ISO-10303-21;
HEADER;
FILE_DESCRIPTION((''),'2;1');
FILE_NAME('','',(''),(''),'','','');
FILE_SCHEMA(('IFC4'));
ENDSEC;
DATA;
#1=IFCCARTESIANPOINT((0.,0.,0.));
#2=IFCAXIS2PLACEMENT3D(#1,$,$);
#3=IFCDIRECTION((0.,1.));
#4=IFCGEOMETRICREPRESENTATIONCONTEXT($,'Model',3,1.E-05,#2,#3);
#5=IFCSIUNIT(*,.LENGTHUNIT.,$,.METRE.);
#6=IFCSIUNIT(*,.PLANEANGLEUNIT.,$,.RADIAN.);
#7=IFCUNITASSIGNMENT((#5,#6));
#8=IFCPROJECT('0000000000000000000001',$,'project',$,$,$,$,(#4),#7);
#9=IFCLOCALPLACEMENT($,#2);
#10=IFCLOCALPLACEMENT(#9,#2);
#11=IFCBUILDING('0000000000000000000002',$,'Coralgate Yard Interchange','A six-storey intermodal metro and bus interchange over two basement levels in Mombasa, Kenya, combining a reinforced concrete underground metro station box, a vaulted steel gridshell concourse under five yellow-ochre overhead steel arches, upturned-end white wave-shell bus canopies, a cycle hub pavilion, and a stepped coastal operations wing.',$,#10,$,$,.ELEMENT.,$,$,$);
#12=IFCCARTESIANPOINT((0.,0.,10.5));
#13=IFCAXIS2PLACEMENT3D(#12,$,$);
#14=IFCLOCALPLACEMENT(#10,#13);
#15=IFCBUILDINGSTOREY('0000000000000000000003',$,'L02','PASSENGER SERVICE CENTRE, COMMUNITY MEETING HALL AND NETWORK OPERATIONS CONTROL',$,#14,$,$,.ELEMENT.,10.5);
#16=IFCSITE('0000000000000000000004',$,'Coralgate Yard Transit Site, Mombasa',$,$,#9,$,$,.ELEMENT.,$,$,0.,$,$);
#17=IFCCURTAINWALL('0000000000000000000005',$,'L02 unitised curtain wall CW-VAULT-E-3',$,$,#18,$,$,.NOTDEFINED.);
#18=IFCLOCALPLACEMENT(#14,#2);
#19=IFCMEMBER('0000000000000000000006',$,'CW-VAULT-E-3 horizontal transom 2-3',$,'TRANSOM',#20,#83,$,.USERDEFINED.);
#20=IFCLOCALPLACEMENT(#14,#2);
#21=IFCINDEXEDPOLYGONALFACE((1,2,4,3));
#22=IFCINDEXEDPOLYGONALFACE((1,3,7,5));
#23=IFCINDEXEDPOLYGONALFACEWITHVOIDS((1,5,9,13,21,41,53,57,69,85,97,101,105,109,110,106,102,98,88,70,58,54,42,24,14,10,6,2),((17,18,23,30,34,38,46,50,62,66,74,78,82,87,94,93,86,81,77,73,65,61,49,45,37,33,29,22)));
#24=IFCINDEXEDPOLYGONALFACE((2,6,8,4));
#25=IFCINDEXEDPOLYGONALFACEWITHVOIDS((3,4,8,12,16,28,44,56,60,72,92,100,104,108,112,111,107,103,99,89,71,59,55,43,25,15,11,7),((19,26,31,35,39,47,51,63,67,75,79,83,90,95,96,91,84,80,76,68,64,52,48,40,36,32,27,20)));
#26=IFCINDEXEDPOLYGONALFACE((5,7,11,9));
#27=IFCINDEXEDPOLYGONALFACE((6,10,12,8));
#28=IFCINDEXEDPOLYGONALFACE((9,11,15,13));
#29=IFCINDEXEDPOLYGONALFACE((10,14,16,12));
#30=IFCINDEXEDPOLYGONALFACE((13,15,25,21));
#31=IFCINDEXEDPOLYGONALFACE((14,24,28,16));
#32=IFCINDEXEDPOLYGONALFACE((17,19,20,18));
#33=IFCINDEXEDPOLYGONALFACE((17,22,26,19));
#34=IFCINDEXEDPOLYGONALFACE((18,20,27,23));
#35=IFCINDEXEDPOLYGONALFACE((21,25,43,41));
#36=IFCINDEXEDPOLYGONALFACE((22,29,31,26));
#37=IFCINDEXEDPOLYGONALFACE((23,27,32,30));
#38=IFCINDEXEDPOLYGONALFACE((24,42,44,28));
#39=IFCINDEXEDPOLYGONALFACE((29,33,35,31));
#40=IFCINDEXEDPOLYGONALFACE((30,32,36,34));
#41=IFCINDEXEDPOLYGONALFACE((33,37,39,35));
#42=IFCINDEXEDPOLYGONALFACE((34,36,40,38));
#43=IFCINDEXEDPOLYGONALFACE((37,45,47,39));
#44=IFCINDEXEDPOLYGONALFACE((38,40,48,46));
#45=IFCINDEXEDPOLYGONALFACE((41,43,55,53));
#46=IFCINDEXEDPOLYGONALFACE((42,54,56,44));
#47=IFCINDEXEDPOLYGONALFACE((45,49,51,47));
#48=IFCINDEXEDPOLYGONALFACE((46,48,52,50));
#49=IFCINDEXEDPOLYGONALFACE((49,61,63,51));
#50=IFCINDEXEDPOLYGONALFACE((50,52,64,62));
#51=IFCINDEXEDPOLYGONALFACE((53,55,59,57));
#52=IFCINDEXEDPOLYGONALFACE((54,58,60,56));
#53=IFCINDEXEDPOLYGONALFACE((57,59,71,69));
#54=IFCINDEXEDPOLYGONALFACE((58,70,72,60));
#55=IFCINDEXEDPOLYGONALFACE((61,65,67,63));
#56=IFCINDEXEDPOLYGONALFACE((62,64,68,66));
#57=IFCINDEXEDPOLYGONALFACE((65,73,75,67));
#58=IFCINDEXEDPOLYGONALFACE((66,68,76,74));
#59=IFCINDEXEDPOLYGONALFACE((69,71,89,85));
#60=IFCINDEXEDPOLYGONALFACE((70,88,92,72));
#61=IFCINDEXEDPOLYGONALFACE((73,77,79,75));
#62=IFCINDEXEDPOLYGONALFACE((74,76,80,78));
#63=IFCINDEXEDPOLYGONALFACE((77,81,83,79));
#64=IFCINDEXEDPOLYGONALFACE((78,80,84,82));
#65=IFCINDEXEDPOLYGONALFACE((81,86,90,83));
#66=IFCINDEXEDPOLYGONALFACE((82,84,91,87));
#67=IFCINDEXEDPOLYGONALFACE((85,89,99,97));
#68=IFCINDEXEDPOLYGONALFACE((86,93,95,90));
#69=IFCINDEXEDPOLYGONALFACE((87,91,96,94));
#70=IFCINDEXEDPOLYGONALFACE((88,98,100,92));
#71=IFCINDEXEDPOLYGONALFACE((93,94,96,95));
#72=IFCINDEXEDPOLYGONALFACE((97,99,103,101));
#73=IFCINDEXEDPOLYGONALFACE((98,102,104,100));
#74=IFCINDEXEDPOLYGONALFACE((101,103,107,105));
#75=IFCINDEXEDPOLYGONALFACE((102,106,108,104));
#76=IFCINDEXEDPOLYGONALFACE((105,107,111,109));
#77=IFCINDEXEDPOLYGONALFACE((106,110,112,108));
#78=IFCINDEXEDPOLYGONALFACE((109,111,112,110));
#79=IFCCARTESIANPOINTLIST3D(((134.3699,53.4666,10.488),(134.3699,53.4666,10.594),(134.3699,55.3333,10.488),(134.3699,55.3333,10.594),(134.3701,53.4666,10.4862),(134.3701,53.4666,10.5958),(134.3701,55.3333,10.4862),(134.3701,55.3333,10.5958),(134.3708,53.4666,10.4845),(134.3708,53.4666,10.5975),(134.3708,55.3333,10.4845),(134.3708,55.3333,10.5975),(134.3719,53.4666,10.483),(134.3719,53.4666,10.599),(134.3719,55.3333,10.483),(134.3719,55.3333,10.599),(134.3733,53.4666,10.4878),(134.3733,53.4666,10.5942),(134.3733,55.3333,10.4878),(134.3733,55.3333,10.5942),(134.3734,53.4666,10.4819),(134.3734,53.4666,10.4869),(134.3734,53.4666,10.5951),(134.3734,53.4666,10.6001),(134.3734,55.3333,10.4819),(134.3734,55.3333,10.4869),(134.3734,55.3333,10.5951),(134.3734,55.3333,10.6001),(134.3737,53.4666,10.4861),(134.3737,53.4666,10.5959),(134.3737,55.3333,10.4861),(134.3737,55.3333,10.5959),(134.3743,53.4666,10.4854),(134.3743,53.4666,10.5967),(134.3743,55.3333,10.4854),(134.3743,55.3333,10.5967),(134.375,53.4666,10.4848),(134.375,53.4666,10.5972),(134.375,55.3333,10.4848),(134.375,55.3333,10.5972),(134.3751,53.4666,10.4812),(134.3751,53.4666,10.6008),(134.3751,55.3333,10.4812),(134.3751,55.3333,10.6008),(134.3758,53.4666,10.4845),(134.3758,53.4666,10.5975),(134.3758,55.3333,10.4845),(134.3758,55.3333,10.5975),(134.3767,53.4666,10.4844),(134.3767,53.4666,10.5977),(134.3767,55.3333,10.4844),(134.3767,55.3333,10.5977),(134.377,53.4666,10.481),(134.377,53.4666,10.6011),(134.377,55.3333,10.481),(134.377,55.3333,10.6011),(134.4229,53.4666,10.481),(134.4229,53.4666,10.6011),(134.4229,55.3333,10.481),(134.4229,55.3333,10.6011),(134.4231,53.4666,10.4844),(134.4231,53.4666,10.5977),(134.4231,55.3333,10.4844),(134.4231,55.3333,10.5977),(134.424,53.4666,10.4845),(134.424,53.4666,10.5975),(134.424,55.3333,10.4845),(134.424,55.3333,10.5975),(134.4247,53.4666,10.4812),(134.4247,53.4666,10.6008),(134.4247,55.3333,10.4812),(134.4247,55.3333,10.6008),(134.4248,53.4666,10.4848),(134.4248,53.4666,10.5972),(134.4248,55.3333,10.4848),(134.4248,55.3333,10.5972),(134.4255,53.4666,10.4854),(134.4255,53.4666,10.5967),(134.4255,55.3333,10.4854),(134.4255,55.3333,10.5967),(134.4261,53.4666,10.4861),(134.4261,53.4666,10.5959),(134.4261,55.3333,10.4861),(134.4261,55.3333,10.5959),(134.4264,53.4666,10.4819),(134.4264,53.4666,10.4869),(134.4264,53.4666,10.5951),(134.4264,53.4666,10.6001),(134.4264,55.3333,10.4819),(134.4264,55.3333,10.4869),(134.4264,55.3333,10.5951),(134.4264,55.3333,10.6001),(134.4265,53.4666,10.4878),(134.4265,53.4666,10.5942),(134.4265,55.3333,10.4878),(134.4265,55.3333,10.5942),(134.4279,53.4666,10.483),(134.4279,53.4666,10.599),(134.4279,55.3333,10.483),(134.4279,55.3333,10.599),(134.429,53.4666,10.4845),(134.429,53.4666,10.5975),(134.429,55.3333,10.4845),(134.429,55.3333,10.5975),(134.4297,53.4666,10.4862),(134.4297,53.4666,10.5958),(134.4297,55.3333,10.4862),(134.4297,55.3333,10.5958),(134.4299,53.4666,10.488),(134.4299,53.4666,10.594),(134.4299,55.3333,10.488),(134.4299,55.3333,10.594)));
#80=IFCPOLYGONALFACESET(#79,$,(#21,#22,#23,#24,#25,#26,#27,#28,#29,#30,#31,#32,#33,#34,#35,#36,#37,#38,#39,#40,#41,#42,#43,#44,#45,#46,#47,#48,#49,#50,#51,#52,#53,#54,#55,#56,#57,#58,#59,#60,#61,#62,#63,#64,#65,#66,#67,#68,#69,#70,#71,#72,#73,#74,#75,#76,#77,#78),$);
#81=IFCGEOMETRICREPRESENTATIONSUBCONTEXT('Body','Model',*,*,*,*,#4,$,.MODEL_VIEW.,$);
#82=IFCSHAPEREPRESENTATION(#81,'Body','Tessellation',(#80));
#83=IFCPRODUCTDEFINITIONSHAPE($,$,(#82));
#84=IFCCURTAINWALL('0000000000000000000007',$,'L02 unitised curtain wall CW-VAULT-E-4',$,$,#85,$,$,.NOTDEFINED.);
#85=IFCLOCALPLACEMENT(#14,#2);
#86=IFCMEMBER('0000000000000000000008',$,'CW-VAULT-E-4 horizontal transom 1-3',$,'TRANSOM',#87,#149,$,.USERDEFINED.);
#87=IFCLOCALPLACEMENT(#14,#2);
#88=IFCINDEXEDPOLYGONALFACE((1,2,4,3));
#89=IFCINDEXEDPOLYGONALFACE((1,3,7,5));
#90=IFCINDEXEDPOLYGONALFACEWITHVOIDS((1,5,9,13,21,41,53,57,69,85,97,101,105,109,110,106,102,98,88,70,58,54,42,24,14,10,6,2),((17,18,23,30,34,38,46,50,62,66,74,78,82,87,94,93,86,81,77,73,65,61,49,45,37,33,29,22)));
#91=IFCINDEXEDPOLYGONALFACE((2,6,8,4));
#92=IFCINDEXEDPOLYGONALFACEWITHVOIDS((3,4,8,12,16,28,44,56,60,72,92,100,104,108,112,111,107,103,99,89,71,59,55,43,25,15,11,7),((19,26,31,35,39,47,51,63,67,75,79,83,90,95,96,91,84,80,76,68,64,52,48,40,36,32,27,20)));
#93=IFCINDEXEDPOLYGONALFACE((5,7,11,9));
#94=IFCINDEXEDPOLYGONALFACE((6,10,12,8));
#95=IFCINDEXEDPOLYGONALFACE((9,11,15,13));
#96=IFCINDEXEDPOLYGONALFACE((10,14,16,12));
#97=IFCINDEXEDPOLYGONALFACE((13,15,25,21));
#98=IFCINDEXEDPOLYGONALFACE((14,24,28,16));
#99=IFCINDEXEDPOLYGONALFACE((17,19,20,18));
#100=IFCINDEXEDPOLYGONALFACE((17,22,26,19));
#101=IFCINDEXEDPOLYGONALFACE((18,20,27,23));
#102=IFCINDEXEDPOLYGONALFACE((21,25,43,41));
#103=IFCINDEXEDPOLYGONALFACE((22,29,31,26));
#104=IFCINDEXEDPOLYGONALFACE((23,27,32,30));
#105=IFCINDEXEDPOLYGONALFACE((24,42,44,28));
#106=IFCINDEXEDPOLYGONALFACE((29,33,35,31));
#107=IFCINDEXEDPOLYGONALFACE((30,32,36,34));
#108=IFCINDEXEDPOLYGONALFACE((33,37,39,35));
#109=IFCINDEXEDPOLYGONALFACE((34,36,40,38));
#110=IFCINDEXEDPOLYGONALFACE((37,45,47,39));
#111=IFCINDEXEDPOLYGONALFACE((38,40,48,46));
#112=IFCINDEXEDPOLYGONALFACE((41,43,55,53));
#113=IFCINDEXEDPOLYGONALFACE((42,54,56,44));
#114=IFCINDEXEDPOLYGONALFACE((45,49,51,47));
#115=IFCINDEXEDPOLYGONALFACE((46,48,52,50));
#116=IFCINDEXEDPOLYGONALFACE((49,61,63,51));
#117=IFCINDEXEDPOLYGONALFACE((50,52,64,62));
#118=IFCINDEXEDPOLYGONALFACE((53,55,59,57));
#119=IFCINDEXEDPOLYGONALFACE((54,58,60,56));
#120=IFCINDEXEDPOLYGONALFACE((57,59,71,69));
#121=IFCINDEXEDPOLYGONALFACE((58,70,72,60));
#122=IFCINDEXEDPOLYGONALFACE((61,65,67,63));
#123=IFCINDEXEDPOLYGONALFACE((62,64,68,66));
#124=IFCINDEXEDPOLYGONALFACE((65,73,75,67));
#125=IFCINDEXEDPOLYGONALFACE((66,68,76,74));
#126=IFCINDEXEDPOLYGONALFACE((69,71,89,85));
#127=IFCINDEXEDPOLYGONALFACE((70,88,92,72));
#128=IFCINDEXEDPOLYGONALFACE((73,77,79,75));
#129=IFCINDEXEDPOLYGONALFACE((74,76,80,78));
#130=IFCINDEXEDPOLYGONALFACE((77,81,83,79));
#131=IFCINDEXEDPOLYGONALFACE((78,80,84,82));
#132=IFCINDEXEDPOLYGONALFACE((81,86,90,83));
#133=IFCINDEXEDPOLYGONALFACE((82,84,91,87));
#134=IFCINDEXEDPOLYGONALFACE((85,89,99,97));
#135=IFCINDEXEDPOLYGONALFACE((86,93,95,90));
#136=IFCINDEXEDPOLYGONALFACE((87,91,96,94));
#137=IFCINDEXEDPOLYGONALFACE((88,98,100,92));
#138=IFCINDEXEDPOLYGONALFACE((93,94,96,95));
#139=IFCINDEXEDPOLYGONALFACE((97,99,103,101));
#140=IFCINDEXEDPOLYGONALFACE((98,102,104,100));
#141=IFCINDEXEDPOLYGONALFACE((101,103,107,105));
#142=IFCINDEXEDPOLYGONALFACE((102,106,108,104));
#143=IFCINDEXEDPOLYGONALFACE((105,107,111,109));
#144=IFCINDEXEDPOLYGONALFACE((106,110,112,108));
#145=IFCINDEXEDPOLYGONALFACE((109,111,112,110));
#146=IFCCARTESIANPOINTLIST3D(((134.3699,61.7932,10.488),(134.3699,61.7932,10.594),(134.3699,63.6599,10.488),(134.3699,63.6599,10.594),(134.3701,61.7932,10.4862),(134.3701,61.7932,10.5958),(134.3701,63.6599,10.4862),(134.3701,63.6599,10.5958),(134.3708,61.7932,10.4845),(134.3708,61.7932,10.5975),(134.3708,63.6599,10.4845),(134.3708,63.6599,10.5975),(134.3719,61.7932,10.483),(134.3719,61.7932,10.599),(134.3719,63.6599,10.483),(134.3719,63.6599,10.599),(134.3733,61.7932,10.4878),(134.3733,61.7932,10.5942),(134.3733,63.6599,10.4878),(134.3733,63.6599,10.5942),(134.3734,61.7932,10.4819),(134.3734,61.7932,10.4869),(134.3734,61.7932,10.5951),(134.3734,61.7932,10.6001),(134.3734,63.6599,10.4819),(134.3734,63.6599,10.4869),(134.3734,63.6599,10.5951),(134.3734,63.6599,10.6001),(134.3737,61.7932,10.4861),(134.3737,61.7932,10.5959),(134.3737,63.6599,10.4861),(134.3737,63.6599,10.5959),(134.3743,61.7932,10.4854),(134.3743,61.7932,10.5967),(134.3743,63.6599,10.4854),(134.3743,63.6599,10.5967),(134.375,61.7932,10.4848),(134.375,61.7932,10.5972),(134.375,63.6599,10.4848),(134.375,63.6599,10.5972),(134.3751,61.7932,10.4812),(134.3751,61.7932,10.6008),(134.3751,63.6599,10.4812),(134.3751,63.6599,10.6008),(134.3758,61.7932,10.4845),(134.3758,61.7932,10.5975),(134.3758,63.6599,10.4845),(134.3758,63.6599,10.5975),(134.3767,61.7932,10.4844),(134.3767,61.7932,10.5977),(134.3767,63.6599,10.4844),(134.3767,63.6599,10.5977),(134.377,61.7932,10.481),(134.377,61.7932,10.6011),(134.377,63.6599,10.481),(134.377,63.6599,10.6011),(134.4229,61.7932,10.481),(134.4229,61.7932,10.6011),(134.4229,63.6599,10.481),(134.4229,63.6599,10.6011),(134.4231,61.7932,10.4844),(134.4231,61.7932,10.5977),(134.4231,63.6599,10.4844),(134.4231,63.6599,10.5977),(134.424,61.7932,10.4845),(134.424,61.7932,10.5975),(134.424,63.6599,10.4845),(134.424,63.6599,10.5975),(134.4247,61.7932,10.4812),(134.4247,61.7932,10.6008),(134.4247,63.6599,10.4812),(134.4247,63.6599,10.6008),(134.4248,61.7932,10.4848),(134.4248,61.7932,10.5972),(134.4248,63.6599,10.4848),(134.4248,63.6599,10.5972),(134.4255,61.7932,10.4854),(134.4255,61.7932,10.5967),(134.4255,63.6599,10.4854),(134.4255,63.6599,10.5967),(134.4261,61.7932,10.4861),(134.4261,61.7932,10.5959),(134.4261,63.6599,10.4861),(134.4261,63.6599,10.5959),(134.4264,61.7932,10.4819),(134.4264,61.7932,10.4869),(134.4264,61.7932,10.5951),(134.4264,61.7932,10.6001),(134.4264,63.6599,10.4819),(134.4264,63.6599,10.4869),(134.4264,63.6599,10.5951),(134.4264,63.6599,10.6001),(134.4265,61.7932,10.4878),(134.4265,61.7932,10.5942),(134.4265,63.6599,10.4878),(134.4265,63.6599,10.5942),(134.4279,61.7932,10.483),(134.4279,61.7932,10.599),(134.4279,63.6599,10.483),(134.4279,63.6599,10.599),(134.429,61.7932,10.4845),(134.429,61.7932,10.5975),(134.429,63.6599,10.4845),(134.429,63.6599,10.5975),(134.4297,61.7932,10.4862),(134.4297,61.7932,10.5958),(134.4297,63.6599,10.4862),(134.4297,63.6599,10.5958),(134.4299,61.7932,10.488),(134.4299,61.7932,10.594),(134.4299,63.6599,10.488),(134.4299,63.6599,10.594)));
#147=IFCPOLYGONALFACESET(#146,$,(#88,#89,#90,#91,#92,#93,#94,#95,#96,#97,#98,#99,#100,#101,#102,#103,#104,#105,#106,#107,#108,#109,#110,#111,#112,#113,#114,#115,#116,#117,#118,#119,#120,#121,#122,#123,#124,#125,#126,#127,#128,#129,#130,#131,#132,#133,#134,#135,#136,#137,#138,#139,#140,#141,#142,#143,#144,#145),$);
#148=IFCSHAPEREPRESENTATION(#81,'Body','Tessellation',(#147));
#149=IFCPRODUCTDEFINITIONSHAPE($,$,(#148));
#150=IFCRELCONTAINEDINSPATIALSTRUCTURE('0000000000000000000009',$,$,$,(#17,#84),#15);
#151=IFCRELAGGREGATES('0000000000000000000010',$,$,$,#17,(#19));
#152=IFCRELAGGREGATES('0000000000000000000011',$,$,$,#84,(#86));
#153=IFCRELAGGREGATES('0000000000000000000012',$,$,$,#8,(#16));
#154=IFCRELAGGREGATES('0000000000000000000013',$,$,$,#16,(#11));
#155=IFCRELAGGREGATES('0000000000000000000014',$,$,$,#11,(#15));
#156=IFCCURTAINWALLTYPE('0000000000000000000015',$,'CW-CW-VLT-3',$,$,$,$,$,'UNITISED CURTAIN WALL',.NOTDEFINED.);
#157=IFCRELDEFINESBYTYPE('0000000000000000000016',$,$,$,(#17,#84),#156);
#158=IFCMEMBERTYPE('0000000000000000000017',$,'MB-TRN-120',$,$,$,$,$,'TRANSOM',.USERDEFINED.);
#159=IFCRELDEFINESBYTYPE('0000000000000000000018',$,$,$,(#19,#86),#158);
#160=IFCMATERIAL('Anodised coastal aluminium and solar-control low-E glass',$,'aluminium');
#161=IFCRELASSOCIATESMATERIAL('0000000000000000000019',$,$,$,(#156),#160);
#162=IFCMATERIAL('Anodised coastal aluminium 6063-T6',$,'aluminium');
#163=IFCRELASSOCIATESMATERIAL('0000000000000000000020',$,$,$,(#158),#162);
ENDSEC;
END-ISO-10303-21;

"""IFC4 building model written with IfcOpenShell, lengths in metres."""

from ifc_helpers import new_model, si_unit, direction, frame, origin, origin_2d, place, context, subcontext, project, spatial, hollow_rectangle, extrude, material, material_profile, profile_set, type_object, element, aggregate, save


model = new_model("IFC4")

# Units and contexts
model_context = context("Model", 3, precision=1e-05, world=origin(), true_north=direction((0.0, 1.0)))
body_context = subcontext(model_context, "Body", "Model", "MODEL_VIEW")
ifc_project = project(units=[si_unit("LENGTHUNIT", "METRE"), si_unit("PLANEANGLEUNIT", "RADIAN")], contexts=[model_context])

# Site, building, storey
site_placement = place(None, origin())
site = spatial("IfcSite", under=ifc_project, at=site_placement, Name="Coralgate Yard Transit Site, Mombasa", CompositionType="ELEMENT", RefElevation=0.0)
building_placement = place(site_placement, origin())
building = spatial("IfcBuilding", under=site, at=building_placement, Name="Coralgate Yard Interchange", Description="A six-storey intermodal metro and bus interchange over two basement levels in Mombasa, Kenya, combining a reinforced concrete underground metro station box, a vaulted steel gridshell concourse under five yellow-ochre overhead steel arches, upturned-end white wave-shell bus canopies, a cycle hub pavilion, and a stepped coastal operations wing.", CompositionType="ELEMENT")
storey_placement = place(building_placement, frame((0.0, 0.0, 10.5)))
storey = spatial("IfcBuildingStorey", under=building, at=storey_placement, Name="L02", Description="PASSENGER SERVICE CENTRE, COMMUNITY MEETING HALL AND NETWORK OPERATIONS CONTROL", CompositionType="ELEMENT", Elevation=10.5)

# Curtain walls, members
ifc_material_1 = material(Name="Anodised coastal aluminium and solar-control low-E glass", Category="aluminium")
curtain_wall_type_1 = type_object("IfcCurtainWallType", Name="CW-CW-VLT-3", ElementType="UNITISED CURTAIN WALL", PredefinedType="NOTDEFINED", material=ifc_material_1)
curtain_wall_1_placement = place(storey_placement, origin())
curtain_wall_1 = element("IfcCurtainWall", 1, at=curtain_wall_1_placement, inside=storey, type_object=curtain_wall_type_1, Name="L02 unitised curtain wall CW-VAULT-E-3", PredefinedType="NOTDEFINED")
ifc_material_2 = material(Name="Anodised coastal aluminium 6063-T6", Category="aluminium")
ifc_material_profile_1 = material_profile(ifc_material_2, hollow_rectangle(XDim=0.0601, YDim=0.1201, WallThickness=0.0034, InnerFilletRadius=0.0034, OuterFilletRadius=0.0071, at=origin_2d()), Name="ALU 60x120x3.5")
ifc_profile_set_1 = profile_set([ifc_material_profile_1], Name="Anodised coastal aluminium 6063-T6")
member_type_1 = type_object("IfcMemberType", Name="MB-TRN-120", ElementType="TRANSOM", PredefinedType="USERDEFINED", material=ifc_profile_set_1)
member_1_placement = place(storey_placement, frame((134.3999, 55.3333, 10.541), z_axis=(0.0, -1.0, 0.0), x_axis=(1.0, 0.0, 0.0)))
member_1 = element("IfcMember", 2, at=member_1_placement, type_object=member_type_1, Name="CW-VAULT-E-3 horizontal transom 2-3", ObjectType="TRANSOM", PredefinedType="USERDEFINED", context=body_context, shape_type="SweptSolid", body=[
    extrude(hollow_rectangle(XDim=0.0601, YDim=0.1201, WallThickness=0.0034, InnerFilletRadius=0.0034, OuterFilletRadius=0.0071, at=origin_2d()), origin(), (0.0, 0.0, 1.0), 1.8667),
])
aggregate(curtain_wall_1, [member_1])
curtain_wall_2_placement = place(storey_placement, origin())
curtain_wall_2 = element("IfcCurtainWall", 3, at=curtain_wall_2_placement, inside=storey, type_object=curtain_wall_type_1, Name="L02 unitised curtain wall CW-VAULT-E-4", PredefinedType="NOTDEFINED")
member_2_placement = place(storey_placement, frame((134.3999, 63.6599, 10.541), z_axis=(0.0, -1.0, 0.0), x_axis=(1.0, 0.0, 0.0)))
member_2 = element("IfcMember", 4, at=member_2_placement, type_object=member_type_1, Name="CW-VAULT-E-4 horizontal transom 1-3", ObjectType="TRANSOM", PredefinedType="USERDEFINED", context=body_context, shape_type="SweptSolid", body=[
    extrude(hollow_rectangle(XDim=0.0601, YDim=0.1201, WallThickness=0.0034, InnerFilletRadius=0.0034, OuterFilletRadius=0.0071, at=origin_2d()), origin(), (0.0, 0.0, 1.0), 1.8667),
])

aggregate(curtain_wall_2, [member_2])

save(model, "model.ifc")
